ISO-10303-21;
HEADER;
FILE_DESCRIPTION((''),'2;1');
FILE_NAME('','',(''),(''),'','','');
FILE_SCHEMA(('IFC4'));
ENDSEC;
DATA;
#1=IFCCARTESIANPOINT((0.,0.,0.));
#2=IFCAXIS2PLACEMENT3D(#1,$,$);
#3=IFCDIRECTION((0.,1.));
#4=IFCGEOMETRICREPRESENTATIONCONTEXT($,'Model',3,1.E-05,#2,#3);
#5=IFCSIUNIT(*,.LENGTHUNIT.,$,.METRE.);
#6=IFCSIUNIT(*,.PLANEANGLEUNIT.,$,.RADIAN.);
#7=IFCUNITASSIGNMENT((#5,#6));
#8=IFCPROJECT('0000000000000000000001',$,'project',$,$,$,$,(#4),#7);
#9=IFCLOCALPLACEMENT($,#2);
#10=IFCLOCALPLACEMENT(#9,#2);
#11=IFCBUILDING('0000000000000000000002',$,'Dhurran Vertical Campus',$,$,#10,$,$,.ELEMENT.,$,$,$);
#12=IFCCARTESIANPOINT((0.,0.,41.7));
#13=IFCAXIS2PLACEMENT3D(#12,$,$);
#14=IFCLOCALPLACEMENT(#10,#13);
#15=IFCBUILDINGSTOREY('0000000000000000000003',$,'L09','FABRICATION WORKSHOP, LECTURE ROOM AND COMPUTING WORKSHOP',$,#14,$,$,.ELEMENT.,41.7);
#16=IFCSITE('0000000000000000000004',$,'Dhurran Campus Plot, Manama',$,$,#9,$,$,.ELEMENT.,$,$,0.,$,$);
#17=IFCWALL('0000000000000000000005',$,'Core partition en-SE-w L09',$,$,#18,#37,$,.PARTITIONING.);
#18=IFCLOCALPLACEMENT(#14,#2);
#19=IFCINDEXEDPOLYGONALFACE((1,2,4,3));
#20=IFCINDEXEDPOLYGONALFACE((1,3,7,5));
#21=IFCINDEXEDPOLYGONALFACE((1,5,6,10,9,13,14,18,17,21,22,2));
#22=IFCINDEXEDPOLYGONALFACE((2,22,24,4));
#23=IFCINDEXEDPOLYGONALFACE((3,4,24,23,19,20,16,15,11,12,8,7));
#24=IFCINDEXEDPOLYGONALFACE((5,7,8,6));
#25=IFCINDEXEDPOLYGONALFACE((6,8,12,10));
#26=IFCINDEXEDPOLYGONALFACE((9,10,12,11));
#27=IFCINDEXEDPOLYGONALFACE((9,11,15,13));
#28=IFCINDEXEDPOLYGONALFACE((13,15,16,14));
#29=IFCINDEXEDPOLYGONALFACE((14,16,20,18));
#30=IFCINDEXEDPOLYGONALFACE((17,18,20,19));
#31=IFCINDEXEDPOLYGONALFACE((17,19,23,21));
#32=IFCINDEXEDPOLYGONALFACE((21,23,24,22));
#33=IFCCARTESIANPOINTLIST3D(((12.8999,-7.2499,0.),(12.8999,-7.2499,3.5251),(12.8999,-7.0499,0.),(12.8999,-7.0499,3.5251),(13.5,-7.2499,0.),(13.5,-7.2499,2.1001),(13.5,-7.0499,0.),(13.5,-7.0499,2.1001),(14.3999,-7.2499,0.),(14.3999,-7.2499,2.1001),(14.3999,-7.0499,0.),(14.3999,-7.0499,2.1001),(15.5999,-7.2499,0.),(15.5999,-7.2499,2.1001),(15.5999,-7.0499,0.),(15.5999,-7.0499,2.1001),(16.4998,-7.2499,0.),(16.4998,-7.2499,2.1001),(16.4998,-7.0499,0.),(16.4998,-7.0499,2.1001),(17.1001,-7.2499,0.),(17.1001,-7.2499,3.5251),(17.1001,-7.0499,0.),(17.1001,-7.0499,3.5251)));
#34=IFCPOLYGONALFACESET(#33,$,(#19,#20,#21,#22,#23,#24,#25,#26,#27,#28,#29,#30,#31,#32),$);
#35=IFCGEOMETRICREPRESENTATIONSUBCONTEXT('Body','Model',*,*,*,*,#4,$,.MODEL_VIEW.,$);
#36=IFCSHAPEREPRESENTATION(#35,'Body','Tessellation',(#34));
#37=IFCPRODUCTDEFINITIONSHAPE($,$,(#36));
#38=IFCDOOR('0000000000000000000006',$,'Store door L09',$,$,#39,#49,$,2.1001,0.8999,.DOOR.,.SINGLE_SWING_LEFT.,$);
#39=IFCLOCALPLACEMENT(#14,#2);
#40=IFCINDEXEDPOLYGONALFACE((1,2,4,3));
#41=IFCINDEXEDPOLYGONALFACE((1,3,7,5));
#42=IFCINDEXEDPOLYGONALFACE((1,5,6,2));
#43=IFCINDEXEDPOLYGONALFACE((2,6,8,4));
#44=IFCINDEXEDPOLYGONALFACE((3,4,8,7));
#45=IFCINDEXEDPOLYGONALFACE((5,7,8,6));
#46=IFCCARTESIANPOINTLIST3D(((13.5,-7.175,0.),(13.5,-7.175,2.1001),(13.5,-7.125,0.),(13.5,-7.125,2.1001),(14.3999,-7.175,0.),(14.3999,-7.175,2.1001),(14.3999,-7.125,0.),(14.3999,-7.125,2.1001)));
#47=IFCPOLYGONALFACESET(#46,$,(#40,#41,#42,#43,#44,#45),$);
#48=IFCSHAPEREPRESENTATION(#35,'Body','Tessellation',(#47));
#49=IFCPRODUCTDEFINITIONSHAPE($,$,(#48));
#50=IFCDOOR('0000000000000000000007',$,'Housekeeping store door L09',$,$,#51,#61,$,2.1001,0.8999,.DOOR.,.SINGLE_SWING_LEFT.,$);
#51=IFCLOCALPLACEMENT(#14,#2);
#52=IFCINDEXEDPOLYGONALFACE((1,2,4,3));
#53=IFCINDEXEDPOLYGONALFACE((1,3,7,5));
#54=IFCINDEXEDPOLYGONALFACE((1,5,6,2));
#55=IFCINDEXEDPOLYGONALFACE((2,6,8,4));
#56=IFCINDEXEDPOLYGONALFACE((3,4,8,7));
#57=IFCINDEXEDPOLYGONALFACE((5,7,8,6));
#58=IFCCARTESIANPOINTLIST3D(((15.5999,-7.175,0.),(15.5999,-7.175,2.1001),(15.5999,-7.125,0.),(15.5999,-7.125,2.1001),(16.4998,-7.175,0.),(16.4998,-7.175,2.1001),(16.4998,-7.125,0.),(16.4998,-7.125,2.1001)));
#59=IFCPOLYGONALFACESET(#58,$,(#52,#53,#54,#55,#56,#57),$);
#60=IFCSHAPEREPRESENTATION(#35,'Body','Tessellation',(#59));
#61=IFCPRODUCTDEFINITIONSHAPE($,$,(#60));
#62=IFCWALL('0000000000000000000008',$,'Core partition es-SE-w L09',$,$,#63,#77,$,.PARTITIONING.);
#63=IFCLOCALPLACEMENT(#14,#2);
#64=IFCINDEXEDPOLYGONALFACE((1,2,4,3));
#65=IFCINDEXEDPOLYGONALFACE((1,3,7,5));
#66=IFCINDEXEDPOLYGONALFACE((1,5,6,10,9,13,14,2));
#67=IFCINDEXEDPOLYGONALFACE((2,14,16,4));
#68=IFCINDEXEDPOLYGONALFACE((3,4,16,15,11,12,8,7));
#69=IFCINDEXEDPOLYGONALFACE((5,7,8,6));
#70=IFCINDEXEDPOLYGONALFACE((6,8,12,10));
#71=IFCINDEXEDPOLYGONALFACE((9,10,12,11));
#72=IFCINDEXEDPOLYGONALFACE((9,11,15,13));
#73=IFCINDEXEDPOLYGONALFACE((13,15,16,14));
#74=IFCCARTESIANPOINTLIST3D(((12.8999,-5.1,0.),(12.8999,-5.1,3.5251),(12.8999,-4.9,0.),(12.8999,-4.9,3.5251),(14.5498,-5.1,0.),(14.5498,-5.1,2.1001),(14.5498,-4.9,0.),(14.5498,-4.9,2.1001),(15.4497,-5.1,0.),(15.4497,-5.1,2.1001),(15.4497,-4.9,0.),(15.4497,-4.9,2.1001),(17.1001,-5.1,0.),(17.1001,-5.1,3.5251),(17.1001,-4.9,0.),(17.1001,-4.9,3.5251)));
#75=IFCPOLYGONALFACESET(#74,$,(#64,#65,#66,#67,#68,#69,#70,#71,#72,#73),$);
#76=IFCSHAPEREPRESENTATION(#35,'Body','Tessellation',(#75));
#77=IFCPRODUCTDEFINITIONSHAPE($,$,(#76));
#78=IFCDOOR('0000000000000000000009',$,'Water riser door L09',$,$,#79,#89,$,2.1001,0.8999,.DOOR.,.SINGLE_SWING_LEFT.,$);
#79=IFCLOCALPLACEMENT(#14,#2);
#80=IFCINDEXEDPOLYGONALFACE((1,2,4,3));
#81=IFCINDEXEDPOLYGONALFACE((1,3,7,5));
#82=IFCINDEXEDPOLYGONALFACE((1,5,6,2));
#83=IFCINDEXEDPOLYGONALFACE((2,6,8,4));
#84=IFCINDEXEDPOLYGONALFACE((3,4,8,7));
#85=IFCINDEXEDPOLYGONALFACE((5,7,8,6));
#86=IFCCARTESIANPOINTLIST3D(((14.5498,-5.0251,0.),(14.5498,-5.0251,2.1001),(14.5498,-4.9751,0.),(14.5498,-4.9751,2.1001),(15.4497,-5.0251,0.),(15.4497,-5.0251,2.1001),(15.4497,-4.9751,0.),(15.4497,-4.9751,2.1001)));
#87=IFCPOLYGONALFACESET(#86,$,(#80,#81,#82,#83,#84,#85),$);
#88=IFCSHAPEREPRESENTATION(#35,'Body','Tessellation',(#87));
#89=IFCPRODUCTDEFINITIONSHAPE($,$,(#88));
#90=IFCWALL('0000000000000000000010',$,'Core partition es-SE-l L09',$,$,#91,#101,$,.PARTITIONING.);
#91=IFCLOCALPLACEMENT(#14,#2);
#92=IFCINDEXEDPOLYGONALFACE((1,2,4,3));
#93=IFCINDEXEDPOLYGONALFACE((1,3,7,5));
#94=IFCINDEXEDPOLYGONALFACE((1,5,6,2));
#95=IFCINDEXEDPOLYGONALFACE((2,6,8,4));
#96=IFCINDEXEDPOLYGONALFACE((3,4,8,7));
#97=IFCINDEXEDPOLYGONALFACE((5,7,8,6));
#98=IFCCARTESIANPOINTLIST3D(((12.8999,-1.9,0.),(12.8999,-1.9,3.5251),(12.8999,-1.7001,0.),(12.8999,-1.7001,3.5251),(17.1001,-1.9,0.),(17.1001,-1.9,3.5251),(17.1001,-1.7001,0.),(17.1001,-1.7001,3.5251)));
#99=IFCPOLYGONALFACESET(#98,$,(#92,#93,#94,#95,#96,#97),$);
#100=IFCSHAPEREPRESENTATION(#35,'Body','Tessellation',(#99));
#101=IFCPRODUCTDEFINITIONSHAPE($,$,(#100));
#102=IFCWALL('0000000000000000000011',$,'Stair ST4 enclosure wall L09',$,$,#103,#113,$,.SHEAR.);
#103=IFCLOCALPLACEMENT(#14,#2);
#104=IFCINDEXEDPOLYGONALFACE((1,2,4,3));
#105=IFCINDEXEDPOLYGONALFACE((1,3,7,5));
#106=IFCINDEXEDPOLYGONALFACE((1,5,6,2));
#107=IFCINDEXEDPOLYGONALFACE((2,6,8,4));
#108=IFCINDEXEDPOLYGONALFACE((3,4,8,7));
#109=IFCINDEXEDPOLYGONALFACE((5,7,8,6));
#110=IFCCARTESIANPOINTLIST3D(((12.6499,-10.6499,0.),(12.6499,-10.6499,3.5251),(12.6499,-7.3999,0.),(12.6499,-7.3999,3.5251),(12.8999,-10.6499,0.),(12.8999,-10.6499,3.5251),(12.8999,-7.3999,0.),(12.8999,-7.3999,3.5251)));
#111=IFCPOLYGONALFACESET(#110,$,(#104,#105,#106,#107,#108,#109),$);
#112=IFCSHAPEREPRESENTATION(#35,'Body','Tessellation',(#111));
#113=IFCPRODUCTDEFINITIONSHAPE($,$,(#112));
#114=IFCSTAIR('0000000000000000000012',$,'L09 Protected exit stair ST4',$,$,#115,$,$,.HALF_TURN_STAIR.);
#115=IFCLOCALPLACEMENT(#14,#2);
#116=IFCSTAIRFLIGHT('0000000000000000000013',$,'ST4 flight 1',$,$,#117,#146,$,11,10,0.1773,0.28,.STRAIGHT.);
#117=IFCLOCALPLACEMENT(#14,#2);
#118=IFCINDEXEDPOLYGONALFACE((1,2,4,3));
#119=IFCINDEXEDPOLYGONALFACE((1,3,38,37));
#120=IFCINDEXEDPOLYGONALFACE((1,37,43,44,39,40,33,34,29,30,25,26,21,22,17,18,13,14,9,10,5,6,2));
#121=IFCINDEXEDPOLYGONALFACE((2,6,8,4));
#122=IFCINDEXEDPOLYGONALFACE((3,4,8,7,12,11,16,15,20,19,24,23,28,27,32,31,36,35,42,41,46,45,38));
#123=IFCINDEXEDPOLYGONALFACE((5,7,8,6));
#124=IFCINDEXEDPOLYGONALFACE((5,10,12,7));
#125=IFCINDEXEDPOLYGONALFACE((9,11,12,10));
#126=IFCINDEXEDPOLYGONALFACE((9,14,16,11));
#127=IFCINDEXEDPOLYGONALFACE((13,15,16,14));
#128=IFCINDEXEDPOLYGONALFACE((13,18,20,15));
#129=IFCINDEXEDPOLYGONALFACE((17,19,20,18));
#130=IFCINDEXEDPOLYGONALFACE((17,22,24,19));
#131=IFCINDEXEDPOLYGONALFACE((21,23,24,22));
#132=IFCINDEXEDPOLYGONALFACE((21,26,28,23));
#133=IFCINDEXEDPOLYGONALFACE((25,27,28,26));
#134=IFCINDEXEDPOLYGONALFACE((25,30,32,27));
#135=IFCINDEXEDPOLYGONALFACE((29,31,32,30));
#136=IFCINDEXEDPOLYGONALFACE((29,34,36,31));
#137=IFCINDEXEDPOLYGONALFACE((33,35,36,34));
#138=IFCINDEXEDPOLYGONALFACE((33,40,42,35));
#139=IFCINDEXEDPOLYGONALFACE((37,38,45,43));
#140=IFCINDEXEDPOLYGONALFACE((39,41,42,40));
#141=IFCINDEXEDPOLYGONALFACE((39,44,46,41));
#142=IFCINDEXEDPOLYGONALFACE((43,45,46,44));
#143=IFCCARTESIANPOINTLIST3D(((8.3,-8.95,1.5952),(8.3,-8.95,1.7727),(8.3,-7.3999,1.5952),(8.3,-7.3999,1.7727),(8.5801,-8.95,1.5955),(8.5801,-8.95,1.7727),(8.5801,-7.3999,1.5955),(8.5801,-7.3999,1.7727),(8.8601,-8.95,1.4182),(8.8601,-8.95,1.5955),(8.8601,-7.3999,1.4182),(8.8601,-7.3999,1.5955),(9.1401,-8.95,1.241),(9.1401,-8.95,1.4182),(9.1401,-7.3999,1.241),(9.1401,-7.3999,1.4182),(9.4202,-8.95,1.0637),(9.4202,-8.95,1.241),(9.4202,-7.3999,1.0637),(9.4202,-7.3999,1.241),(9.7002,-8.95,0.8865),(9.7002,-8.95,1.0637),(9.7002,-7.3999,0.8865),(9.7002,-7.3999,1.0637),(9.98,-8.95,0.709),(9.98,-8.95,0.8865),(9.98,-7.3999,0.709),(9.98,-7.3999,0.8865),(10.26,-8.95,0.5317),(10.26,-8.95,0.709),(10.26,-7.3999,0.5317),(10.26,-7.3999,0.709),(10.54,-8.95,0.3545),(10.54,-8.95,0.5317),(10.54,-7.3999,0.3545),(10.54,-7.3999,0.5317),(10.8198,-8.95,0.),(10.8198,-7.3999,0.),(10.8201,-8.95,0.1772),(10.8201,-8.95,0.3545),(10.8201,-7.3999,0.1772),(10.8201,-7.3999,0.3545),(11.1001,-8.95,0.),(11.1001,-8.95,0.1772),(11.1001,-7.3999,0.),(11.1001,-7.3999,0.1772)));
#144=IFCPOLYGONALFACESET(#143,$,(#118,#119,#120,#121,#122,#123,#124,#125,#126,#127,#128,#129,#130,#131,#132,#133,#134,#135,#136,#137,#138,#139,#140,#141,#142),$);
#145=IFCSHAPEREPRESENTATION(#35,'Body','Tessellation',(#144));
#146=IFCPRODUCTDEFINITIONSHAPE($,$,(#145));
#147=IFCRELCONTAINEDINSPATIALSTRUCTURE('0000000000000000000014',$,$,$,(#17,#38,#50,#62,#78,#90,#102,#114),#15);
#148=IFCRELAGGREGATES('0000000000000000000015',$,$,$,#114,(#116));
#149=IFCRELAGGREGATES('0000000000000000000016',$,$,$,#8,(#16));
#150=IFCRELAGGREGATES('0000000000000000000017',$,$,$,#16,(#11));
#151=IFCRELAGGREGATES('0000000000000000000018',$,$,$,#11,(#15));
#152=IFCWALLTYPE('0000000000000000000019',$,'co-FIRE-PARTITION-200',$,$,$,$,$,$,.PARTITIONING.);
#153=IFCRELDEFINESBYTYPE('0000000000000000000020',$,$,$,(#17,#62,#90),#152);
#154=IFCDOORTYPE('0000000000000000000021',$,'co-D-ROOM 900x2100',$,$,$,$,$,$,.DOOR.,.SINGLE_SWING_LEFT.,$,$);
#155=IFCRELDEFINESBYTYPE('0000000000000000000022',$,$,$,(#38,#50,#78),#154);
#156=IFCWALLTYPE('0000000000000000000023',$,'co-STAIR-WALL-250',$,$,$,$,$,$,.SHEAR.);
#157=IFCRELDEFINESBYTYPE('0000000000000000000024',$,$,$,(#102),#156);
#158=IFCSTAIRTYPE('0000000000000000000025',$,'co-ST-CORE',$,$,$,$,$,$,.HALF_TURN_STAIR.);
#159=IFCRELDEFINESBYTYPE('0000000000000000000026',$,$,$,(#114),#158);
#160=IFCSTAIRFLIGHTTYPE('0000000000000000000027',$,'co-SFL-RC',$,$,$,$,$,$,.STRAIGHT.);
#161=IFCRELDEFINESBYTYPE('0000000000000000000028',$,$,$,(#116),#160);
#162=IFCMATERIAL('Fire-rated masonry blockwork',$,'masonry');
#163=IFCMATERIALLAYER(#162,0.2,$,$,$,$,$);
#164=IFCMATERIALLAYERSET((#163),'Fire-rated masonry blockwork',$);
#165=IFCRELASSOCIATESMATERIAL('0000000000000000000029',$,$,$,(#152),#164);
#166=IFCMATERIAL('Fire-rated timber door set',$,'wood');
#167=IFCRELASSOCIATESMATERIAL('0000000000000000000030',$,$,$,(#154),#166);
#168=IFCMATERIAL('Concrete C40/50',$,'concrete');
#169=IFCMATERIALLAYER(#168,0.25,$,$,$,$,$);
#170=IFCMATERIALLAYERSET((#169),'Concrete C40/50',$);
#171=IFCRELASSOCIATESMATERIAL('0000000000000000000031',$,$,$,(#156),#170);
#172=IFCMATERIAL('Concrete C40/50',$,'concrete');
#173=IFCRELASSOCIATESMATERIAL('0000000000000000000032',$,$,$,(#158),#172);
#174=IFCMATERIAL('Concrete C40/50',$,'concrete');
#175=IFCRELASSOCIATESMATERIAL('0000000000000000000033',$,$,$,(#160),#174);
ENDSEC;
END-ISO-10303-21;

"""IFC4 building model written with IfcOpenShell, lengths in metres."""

from ifc_helpers import new_model, si_unit, direction, frame, frame_2d, origin, place, context, subcontext, project, spatial, polyline, rectangle, outline, extrude, material, layer, layer_set, type_object, element, fill, aggregate, save


model = new_model("IFC4")

# Units and contexts
model_context = context("Model", 3, precision=1e-05, world=origin(), true_north=direction((0.0, 1.0)))
body_context = subcontext(model_context, "Body", "Model", "MODEL_VIEW")
ifc_project = project(units=[si_unit("LENGTHUNIT", "METRE"), si_unit("PLANEANGLEUNIT", "RADIAN")], contexts=[model_context])

# Site, building, storey
site_placement = place(None, origin())
site = spatial("IfcSite", under=ifc_project, at=site_placement, Name="Dhurran Campus Plot, Manama", CompositionType="ELEMENT", RefElevation=0.0)
building_placement = place(site_placement, origin())
building = spatial("IfcBuilding", under=site, at=building_placement, Name="Dhurran Vertical Campus", CompositionType="ELEMENT")
storey_placement = place(building_placement, frame((0.0, 0.0, 41.7)))
storey = spatial("IfcBuildingStorey", under=building, at=storey_placement, Name="L09", Description="FABRICATION WORKSHOP, LECTURE ROOM AND COMPUTING WORKSHOP", CompositionType="ELEMENT", Elevation=41.7)

# Shared definitions
ifc_material_1 = material(Name="Fire-rated masonry blockwork", Category="masonry")
ifc_layer_1 = layer(ifc_material_1, 0.2)
ifc_layer_set_1 = layer_set([ifc_layer_1], Name="Fire-rated masonry blockwork")
wall_type_1 = type_object("IfcWallType", Name="co-FIRE-PARTITION-200", PredefinedType="PARTITIONING", material=ifc_layer_set_1)

# Wall, openings, doors
wall_1_placement = place(storey_placement, frame((12.8999, -7.1499, 0.0), z_axis=(0.0, 0.0, 1.0), x_axis=(1.0, 0.0, 0.0)))
wall_1 = element("IfcWall", 1, at=wall_1_placement, inside=storey, type_object=wall_type_1, Name="Core partition en-SE-w L09", PredefinedType="PARTITIONING", context=body_context, shape_type="SweptSolid", body=[
    extrude(rectangle(XDim=4.2002, YDim=0.2, at=frame_2d((2.1001, 0.0))), origin(), (0.0, 0.0, 1.0), 3.5251),
])
opening_1_placement = place(wall_1_placement, frame((0.6001, 0.0, 0.0)))
opening_1 = element("IfcOpeningElement", 2, at=opening_1_placement, cuts=wall_1, PredefinedType="OPENING", context=body_context, shape_type="SweptSolid", body=[
    extrude(rectangle(XDim=0.8999, YDim=2.1001, at=frame_2d((0.45, 1.05))), frame((0.0, 0.1099, 0.0), z_axis=(0.0, -1.0, 0.0), x_axis=(1.0, 0.0, 0.0)), (0.0, 0.0, 1.0), 0.22),
])
opening_2_placement = place(wall_1_placement, frame((2.7, 0.0, 0.0)))
opening_2 = element("IfcOpeningElement", 3, at=opening_2_placement, cuts=wall_1, PredefinedType="OPENING", context=body_context, shape_type="SweptSolid", body=[
    extrude(rectangle(XDim=0.8999, YDim=2.1001, at=frame_2d((0.45, 1.05))), frame((0.0, 0.1099, 0.0), z_axis=(0.0, -1.0, 0.0), x_axis=(1.0, 0.0, 0.0)), (0.0, 0.0, 1.0), 0.22),
])
ifc_material_2 = material(Name="Fire-rated timber door set", Category="wood")
door_type_1 = type_object("IfcDoorType", Name="co-D-ROOM 900x2100", OperationType="SINGLE_SWING_LEFT", PredefinedType="DOOR", material=ifc_material_2)
door_1_placement = place(opening_1_placement, origin())
door_1 = element("IfcDoor", 4, at=door_1_placement, inside=storey, type_object=door_type_1, Name="Store door L09", OperationType="SINGLE_SWING_LEFT", OverallHeight=2.1001, OverallWidth=0.8999, PredefinedType="DOOR", context=body_context, shape_type="SweptSolid", body=[
    extrude(rectangle(XDim=0.8999, YDim=2.1001, at=frame_2d((0.45, 1.05))), frame((0.0, 0.0249, 0.0), z_axis=(0.0, -1.0, 0.0), x_axis=(1.0, 0.0, 0.0)), (0.0, 0.0, 1.0), 0.05),
])
fill(opening_1, door_1)
door_2_placement = place(opening_2_placement, origin())
door_2 = element("IfcDoor", 5, at=door_2_placement, inside=storey, type_object=door_type_1, Name="Housekeeping store door L09", OperationType="SINGLE_SWING_LEFT", OverallHeight=2.1001, OverallWidth=0.8999, PredefinedType="DOOR", context=body_context, shape_type="SweptSolid", body=[
    extrude(rectangle(XDim=0.8999, YDim=2.1001, at=frame_2d((0.45, 1.05))), frame((0.0, 0.0249, 0.0), z_axis=(0.0, -1.0, 0.0), x_axis=(1.0, 0.0, 0.0)), (0.0, 0.0, 1.0), 0.05),
])
fill(opening_2, door_2)

# Wall, opening, door
wall_2_placement = place(storey_placement, frame((12.8999, -5.0, 0.0), z_axis=(0.0, 0.0, 1.0), x_axis=(1.0, 0.0, 0.0)))
wall_2 = element("IfcWall", 6, at=wall_2_placement, inside=storey, type_object=wall_type_1, Name="Core partition es-SE-w L09", PredefinedType="PARTITIONING", context=body_context, shape_type="SweptSolid", body=[
    extrude(rectangle(XDim=4.2002, YDim=0.2, at=frame_2d((2.1001, 0.0))), origin(), (0.0, 0.0, 1.0), 3.5251),
])
opening_3_placement = place(wall_2_placement, frame((1.6499, 0.0, 0.0)))
opening_3 = element("IfcOpeningElement", 7, at=opening_3_placement, cuts=wall_2, PredefinedType="OPENING", context=body_context, shape_type="SweptSolid", body=[
    extrude(rectangle(XDim=0.8999, YDim=2.1001, at=frame_2d((0.45, 1.05))), frame((0.0, 0.1099, 0.0), z_axis=(0.0, -1.0, 0.0), x_axis=(1.0, 0.0, 0.0)), (0.0, 0.0, 1.0), 0.22),
])
door_3_placement = place(opening_3_placement, origin())
door_3 = element("IfcDoor", 8, at=door_3_placement, inside=storey, type_object=door_type_1, Name="Water riser door L09", OperationType="SINGLE_SWING_LEFT", OverallHeight=2.1001, OverallWidth=0.8999, PredefinedType="DOOR", context=body_context, shape_type="SweptSolid", body=[
    extrude(rectangle(XDim=0.8999, YDim=2.1001, at=frame_2d((0.45, 1.05))), frame((0.0, 0.0249, 0.0), z_axis=(0.0, -1.0, 0.0), x_axis=(1.0, 0.0, 0.0)), (0.0, 0.0, 1.0), 0.05),
])
fill(opening_3, door_3)

# Walls
wall_3_placement = place(storey_placement, frame((12.8999, -1.8, 0.0), z_axis=(0.0, 0.0, 1.0), x_axis=(1.0, 0.0, 0.0)))
element("IfcWall", 9, at=wall_3_placement, inside=storey, type_object=wall_type_1, Name="Core partition es-SE-l L09", PredefinedType="PARTITIONING", context=body_context, shape_type="SweptSolid", body=[
    extrude(rectangle(XDim=4.2002, YDim=0.2, at=frame_2d((2.1001, 0.0))), origin(), (0.0, 0.0, 1.0), 3.5251),
])
ifc_material_3 = material(Name="Concrete C40/50", Category="concrete")
ifc_layer_2 = layer(ifc_material_3, 0.25)
ifc_layer_set_2 = layer_set([ifc_layer_2], Name="Concrete C40/50")
wall_type_2 = type_object("IfcWallType", Name="co-STAIR-WALL-250", PredefinedType="SHEAR", material=ifc_layer_set_2)
wall_4_placement = place(storey_placement, frame((12.7749, -10.6499, 0.0), z_axis=(0.0, 0.0, 1.0), x_axis=(0.0, 1.0, 0.0)))
element("IfcWall", 10, at=wall_4_placement, inside=storey, type_object=wall_type_2, Name="Stair ST4 enclosure wall L09", PredefinedType="SHEAR", context=body_context, shape_type="SweptSolid", body=[
    extrude(rectangle(XDim=3.25, YDim=0.25, at=frame_2d((1.625, 0.0))), origin(), (0.0, 0.0, 1.0), 3.5251),
])

# Stair, stair flight
ifc_material_4 = material(Name="Concrete C40/50", Category="concrete")
stair_type = type_object("IfcStairType", Name="co-ST-CORE", PredefinedType="HALF_TURN_STAIR", material=ifc_material_4)
stair_placement = place(storey_placement, origin())
stair = element("IfcStair", 11, at=stair_placement, inside=storey, type_object=stair_type, Name="L09 Protected exit stair ST4", PredefinedType="HALF_TURN_STAIR")
ifc_material_5 = material(Name="Concrete C40/50", Category="concrete")
stair_flight_type = type_object("IfcStairFlightType", Name="co-SFL-RC", PredefinedType="STRAIGHT", material=ifc_material_5)
stair_flight_placement = place(storey_placement, frame((11.1001, -8.175, 0.0), z_axis=(0.0, 0.0, 1.0), x_axis=(-1.0, 0.0, 0.0)))
stair_flight = element("IfcStairFlight", 12, at=stair_flight_placement, type_object=stair_flight_type, Name="ST4 flight 1", NumberOfRisers=11, NumberOfTreads=10, PredefinedType="STRAIGHT", RiserHeight=0.1773, TreadLength=0.28, context=body_context, shape_type="SweptSolid", body=[
    extrude(outline(polyline([(0.0, 0.0), (0.0, 0.1772), (0.28, 0.1772), (0.28, 0.3545), (0.5601, 0.3545), (0.5601, 0.5317), (0.8401, 0.5317), (0.8401, 0.709), (1.1201, 0.709), (1.1201, 0.8865), (1.3999, 0.8865), (1.3999, 1.0637), (1.6799, 1.0637), (1.6799, 1.241), (1.96, 1.241), (1.96, 1.4182), (2.24, 1.4182), (2.24, 1.5955), (2.52, 1.5955), (2.52, 1.7727), (2.8, 1.7727), (2.8, 1.95), (2.8, 1.5952), (0.2803, 0.0), (0.0, 0.0)])), frame((0.0, 0.7749, 0.0), z_axis=(0.0, -1.0, 0.0), x_axis=(1.0, 0.0, 0.0)), (0.0, 0.0, 1.0), 1.55),
])
aggregate(stair, [stair_flight])

save(model, "model.ifc")
